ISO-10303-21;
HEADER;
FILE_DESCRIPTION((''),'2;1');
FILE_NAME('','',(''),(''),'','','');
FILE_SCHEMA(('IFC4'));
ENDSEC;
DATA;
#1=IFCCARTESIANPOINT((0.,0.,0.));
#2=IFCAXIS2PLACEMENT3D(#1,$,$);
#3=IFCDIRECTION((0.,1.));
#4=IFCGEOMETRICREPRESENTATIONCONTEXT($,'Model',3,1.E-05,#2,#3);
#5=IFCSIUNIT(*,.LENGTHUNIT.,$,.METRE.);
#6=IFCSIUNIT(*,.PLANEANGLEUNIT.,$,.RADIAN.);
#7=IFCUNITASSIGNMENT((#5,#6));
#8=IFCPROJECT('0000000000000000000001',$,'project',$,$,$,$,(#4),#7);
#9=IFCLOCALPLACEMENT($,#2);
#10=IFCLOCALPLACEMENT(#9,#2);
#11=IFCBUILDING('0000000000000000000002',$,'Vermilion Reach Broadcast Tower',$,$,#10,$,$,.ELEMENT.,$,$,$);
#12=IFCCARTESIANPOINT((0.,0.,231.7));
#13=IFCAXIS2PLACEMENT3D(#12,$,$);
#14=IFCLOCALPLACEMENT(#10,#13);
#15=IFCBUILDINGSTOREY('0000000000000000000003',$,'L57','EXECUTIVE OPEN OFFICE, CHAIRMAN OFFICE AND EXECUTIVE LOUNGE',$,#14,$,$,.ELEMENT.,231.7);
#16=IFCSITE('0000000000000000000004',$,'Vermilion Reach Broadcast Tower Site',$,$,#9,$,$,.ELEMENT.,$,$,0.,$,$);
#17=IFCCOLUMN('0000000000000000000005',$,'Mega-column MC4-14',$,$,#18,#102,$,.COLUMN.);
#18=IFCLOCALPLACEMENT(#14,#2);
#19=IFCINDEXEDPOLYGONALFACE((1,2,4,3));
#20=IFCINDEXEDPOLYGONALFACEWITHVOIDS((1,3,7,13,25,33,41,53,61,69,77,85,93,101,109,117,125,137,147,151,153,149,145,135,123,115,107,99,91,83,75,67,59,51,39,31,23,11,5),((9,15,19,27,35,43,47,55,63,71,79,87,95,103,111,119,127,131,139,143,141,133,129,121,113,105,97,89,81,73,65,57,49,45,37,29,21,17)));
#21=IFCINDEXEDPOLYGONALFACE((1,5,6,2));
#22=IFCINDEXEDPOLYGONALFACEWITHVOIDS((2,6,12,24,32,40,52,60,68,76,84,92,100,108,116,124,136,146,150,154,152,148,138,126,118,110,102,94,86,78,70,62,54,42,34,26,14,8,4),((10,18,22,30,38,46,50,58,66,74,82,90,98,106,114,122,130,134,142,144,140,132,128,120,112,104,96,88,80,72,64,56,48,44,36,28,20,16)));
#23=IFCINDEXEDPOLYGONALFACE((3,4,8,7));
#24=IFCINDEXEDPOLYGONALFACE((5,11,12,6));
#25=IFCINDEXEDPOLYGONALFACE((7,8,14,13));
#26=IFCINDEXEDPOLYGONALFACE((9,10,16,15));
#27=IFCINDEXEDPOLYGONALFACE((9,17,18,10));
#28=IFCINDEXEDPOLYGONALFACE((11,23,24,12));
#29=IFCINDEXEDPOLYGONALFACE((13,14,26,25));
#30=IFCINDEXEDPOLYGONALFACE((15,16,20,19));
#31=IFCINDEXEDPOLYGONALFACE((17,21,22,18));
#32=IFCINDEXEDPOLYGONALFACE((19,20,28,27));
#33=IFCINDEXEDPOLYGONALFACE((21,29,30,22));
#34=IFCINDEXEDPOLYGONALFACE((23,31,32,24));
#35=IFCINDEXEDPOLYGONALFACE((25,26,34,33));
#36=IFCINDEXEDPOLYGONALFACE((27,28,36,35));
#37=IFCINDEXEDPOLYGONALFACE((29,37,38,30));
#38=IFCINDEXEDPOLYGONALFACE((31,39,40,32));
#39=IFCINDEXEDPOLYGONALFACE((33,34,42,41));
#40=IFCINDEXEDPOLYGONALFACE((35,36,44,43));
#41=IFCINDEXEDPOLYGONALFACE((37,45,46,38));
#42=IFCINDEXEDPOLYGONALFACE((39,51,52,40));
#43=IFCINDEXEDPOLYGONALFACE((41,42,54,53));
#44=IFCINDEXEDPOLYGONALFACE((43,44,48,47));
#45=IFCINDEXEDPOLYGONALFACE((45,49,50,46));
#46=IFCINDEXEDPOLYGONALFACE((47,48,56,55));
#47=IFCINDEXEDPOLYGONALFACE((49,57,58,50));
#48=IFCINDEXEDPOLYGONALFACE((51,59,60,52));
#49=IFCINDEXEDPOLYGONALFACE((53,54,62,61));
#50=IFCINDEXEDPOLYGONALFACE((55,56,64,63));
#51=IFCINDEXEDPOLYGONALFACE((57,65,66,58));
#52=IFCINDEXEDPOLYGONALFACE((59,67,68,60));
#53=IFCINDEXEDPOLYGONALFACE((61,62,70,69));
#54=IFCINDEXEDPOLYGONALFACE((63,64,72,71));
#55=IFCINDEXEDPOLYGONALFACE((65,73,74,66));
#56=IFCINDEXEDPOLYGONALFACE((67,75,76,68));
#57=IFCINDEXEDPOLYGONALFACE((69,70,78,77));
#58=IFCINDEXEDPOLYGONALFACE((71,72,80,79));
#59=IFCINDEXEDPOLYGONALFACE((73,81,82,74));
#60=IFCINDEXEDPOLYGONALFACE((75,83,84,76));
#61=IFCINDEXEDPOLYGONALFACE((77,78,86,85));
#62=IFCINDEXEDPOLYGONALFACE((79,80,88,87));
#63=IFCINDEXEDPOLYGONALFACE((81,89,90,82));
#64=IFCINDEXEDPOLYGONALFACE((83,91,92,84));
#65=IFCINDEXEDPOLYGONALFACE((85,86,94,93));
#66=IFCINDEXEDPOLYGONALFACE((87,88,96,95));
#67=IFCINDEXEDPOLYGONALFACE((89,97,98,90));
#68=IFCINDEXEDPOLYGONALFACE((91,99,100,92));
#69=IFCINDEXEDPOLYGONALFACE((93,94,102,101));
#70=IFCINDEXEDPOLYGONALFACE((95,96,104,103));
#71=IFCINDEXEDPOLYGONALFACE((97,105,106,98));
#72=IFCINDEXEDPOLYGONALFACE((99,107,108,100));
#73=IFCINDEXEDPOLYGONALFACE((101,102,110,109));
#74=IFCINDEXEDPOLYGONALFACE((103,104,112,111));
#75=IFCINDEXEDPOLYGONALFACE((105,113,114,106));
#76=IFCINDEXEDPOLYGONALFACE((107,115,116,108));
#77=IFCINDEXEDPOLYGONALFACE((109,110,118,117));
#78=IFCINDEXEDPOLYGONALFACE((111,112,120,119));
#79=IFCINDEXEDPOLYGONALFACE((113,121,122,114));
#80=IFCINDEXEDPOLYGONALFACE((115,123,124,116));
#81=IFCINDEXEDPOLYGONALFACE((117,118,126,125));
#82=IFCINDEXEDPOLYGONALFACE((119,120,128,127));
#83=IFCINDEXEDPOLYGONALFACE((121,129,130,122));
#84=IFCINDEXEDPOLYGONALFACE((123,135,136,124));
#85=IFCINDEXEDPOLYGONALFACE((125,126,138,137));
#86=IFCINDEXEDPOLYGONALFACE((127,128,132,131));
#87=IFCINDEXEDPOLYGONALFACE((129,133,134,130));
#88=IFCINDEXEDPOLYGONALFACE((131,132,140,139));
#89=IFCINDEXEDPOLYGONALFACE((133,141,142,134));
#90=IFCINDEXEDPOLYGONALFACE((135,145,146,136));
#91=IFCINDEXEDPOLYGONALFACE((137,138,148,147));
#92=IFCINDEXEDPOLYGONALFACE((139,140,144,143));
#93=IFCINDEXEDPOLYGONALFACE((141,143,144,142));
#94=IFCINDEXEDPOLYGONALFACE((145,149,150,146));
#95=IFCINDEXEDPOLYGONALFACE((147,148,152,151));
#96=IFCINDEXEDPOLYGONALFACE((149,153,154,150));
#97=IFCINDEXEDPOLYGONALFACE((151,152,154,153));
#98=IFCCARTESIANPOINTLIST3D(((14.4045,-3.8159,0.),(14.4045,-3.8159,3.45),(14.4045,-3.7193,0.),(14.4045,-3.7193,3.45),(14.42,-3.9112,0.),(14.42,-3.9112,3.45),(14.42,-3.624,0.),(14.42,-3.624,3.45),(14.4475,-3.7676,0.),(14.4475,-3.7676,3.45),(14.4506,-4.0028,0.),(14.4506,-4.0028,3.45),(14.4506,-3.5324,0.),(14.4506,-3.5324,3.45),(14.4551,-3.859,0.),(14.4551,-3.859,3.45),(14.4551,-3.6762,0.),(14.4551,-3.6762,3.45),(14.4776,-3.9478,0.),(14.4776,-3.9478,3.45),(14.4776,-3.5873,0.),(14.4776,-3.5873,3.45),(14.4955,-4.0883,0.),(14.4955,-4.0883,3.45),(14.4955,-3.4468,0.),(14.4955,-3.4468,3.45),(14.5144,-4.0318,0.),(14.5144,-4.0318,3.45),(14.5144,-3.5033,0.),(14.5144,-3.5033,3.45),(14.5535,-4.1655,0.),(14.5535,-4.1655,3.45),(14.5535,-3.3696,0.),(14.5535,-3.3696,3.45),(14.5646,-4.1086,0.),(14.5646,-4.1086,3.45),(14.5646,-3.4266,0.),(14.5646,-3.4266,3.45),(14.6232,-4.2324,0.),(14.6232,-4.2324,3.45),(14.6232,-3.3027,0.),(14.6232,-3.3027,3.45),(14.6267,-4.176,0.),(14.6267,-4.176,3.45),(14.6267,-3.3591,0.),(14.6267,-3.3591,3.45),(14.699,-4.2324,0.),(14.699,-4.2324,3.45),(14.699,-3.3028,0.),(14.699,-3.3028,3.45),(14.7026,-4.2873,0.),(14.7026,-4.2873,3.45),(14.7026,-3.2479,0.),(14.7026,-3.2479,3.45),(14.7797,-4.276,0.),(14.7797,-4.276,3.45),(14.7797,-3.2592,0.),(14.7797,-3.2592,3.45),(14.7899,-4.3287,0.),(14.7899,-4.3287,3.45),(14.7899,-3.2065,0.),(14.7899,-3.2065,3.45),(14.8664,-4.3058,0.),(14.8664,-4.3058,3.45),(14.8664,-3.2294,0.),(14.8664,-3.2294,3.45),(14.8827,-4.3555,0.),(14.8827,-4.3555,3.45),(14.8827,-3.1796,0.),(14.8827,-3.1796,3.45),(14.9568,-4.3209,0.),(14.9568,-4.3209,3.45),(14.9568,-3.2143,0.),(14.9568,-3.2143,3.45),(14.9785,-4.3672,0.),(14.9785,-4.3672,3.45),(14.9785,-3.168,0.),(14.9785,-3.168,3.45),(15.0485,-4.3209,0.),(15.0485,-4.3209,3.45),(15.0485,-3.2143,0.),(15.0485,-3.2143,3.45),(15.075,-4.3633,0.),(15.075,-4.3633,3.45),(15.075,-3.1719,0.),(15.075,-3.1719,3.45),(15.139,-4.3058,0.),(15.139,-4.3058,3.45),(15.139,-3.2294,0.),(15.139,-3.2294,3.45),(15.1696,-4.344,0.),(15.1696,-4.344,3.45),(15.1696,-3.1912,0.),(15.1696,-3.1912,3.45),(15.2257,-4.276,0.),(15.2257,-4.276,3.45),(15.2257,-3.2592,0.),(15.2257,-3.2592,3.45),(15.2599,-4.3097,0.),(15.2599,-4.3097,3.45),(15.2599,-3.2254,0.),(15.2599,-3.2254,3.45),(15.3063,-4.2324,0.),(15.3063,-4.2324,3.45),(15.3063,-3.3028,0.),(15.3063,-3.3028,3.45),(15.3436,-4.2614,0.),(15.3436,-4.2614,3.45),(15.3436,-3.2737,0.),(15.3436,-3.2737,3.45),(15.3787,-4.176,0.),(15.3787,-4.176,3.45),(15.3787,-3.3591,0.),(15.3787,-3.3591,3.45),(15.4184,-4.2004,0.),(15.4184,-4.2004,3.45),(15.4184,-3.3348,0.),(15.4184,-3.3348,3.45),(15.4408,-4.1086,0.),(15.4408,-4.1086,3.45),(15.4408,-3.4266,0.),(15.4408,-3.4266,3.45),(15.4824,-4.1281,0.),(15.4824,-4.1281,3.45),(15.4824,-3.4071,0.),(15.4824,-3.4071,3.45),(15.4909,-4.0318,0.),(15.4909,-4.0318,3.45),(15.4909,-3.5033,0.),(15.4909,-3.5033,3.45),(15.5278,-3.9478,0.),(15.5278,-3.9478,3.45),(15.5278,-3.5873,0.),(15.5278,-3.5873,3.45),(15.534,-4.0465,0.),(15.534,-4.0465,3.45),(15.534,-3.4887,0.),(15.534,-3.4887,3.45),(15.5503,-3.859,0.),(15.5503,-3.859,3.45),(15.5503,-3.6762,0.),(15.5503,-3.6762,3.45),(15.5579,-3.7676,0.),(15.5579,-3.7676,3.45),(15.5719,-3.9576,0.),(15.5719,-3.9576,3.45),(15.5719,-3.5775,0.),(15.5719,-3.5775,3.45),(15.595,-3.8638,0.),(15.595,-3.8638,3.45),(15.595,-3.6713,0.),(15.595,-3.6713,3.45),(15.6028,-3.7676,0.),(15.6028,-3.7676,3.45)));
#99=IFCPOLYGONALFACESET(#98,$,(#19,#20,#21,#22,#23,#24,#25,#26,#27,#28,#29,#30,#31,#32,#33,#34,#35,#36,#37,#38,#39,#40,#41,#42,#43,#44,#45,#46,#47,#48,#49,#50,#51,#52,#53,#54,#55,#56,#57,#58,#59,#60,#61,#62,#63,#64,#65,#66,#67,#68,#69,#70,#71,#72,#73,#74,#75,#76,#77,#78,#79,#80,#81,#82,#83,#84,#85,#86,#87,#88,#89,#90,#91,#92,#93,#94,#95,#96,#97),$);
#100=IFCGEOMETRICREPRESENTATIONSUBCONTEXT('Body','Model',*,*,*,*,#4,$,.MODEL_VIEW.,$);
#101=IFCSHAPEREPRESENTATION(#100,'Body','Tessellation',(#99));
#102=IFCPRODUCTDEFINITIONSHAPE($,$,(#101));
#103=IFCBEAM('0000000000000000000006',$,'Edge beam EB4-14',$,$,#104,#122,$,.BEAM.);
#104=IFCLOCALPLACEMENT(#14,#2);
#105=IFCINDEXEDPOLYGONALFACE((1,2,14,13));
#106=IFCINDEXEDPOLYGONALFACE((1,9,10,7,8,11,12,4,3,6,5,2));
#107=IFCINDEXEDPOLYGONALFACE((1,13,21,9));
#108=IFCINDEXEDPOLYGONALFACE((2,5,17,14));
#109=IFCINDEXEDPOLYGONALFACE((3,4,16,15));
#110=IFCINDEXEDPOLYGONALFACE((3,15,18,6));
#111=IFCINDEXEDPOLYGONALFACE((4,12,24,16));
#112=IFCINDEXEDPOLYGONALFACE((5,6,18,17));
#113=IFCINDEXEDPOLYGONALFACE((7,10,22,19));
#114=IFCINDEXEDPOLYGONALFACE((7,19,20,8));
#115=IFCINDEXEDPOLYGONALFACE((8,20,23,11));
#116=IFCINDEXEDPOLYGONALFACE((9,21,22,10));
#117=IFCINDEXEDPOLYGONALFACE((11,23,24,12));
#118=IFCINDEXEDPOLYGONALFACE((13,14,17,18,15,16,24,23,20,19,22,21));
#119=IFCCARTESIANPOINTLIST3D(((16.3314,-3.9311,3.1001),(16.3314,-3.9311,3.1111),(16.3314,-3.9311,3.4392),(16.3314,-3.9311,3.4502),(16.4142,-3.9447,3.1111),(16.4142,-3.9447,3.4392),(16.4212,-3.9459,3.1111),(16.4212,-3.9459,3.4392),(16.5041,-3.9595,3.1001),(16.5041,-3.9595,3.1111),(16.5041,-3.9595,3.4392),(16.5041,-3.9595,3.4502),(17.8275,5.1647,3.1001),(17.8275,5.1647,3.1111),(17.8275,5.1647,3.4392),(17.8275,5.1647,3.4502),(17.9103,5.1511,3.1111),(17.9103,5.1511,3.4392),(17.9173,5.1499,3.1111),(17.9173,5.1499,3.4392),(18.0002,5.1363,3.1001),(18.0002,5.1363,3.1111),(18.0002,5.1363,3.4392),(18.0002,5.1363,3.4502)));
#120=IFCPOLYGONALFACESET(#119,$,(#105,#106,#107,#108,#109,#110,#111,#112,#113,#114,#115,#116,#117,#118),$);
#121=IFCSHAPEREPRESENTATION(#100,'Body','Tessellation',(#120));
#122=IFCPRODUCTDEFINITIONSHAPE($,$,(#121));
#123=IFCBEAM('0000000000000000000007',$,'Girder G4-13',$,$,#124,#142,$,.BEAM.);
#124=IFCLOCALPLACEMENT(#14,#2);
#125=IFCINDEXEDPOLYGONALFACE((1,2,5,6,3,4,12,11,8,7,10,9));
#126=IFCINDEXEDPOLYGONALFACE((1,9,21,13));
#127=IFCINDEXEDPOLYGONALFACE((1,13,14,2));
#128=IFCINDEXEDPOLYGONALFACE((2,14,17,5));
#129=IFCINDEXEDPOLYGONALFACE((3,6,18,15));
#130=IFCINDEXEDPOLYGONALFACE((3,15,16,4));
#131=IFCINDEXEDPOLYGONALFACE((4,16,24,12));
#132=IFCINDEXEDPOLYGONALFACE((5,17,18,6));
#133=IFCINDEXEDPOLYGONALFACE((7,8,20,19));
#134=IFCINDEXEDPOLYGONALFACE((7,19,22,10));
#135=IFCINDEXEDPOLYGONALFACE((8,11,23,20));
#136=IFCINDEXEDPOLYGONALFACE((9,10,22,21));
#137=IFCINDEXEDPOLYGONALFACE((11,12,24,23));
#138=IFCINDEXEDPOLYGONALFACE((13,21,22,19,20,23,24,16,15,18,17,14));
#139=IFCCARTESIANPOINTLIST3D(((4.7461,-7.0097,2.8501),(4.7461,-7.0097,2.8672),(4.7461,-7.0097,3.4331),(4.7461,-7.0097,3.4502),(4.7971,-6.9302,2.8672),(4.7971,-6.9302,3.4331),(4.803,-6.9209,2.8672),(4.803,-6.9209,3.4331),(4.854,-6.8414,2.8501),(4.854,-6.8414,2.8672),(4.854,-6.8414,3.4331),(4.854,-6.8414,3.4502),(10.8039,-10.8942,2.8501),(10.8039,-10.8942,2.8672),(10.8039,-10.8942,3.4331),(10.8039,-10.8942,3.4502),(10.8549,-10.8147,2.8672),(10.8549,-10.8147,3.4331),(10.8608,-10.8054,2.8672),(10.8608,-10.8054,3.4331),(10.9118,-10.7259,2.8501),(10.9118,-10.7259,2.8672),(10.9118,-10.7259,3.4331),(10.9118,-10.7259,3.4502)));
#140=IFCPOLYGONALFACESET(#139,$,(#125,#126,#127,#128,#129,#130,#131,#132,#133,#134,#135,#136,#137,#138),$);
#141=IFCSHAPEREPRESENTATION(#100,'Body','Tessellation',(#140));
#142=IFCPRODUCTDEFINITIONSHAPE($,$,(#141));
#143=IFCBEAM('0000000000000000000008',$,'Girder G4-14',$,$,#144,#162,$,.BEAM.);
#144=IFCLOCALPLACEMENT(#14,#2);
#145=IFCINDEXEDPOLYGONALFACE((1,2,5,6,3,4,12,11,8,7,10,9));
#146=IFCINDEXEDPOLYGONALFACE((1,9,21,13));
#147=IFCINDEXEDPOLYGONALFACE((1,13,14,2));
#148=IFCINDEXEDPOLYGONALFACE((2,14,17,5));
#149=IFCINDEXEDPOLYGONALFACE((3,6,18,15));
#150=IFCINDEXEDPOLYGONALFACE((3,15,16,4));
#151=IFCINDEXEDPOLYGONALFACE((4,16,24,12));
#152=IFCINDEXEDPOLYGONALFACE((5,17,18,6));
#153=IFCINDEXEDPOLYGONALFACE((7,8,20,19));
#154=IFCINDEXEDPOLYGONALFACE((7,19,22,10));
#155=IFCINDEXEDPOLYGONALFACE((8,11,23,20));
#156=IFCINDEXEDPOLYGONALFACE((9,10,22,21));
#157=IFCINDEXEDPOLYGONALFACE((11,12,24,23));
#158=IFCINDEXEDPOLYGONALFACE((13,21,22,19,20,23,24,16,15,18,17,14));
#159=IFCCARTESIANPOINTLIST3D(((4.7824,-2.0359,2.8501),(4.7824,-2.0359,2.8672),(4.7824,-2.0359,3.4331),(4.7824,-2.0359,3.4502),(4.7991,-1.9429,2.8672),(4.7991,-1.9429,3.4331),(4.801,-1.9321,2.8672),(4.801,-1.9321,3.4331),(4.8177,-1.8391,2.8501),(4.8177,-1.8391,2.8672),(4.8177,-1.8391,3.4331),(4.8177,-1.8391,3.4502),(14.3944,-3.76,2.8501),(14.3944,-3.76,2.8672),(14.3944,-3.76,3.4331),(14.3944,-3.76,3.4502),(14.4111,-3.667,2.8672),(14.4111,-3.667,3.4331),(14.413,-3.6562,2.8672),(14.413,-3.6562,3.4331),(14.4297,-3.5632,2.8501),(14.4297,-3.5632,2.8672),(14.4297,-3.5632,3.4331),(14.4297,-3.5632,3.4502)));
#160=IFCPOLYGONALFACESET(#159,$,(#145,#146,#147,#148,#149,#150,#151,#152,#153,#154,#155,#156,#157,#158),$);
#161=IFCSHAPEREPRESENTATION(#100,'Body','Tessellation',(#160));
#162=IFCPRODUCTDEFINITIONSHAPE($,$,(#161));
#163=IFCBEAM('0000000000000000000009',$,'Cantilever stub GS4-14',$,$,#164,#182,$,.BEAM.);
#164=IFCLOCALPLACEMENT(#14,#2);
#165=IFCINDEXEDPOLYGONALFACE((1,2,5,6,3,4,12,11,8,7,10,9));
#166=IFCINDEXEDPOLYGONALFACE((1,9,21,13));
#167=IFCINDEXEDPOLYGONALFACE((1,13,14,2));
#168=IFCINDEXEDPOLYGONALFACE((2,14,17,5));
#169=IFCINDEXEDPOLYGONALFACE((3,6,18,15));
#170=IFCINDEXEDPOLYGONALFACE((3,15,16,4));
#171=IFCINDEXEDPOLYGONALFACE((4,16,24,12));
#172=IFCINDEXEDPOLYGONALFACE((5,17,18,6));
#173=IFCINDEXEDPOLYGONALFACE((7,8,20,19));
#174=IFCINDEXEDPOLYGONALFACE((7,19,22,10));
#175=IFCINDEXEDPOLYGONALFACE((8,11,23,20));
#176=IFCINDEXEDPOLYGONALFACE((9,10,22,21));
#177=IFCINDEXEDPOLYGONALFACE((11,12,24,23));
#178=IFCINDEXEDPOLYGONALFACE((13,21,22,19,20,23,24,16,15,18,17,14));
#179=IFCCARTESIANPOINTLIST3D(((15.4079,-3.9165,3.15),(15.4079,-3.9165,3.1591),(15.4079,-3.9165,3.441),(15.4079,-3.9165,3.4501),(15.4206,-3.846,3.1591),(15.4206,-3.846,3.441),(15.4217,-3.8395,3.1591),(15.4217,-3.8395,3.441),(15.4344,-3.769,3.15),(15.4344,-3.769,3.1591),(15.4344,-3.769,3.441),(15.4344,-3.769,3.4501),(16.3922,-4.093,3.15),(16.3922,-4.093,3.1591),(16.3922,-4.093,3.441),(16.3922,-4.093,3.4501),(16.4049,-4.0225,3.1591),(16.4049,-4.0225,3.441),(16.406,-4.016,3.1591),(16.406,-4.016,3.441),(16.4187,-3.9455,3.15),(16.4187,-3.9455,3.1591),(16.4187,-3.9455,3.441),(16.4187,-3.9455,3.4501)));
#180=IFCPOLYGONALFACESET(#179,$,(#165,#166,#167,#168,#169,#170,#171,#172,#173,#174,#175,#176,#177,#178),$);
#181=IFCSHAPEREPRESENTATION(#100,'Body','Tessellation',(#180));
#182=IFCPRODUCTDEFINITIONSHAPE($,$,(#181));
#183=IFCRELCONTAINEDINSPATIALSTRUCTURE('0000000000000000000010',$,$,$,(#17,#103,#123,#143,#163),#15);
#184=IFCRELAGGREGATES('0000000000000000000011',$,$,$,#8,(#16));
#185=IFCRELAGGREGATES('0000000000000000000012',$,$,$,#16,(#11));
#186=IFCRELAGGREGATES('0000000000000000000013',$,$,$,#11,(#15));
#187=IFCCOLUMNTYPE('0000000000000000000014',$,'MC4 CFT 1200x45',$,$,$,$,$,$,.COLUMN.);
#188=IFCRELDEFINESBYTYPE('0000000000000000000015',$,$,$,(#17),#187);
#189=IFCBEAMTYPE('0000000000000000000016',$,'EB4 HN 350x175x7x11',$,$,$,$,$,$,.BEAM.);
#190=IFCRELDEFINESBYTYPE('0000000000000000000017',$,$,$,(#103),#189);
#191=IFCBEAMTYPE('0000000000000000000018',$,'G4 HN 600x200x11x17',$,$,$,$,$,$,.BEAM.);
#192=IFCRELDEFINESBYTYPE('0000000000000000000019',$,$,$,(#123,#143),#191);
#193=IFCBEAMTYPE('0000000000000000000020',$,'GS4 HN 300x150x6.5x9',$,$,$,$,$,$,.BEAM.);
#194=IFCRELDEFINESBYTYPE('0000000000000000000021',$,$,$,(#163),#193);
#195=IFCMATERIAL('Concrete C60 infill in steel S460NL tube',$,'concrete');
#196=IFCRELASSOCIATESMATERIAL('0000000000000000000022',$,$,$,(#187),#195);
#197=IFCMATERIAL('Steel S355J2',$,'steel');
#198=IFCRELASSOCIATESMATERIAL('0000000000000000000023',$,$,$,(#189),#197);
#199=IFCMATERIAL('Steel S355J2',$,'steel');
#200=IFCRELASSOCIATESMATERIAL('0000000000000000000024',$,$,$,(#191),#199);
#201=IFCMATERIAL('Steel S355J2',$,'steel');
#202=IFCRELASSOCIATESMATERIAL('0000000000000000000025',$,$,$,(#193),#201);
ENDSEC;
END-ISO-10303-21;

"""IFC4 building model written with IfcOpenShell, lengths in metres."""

from ifc_helpers import new_model, si_unit, direction, frame, origin, origin_2d, place, context, subcontext, project, spatial, hollow_circle, i_section, extrude, material, material_profile, profile_set, type_object, element, save


model = new_model("IFC4")

# Units and contexts
model_context = context("Model", 3, precision=1e-05, world=origin(), true_north=direction((0.0, 1.0)))
body_context = subcontext(model_context, "Body", "Model", "MODEL_VIEW")
ifc_project = project(units=[si_unit("LENGTHUNIT", "METRE"), si_unit("PLANEANGLEUNIT", "RADIAN")], contexts=[model_context])

# Site, building, storey
site_placement = place(None, origin())
site = spatial("IfcSite", under=ifc_project, at=site_placement, Name="Vermilion Reach Broadcast Tower Site", CompositionType="ELEMENT", RefElevation=0.0)
building_placement = place(site_placement, origin())
building = spatial("IfcBuilding", under=site, at=building_placement, Name="Vermilion Reach Broadcast Tower", CompositionType="ELEMENT")
storey_placement = place(building_placement, frame((0.0, 0.0, 231.7)))
storey = spatial("IfcBuildingStorey", under=building, at=storey_placement, Name="L57", Description="EXECUTIVE OPEN OFFICE, CHAIRMAN OFFICE AND EXECUTIVE LOUNGE", CompositionType="ELEMENT", Elevation=231.7)

# Column
ifc_material_1 = material(Name="Concrete C60 infill in steel S460NL tube", Category="concrete")
ifc_material_profile_1 = material_profile(ifc_material_1, hollow_circle(Radius=0.6001, WallThickness=0.0449, at=origin_2d()), Name="Concrete C60 infill in steel S460NL tube CFT 1200x45")
ifc_profile_set_1 = profile_set([ifc_material_profile_1], Name="Concrete C60 infill in steel S460NL tube")
column_type = type_object("IfcColumnType", Name="MC4 CFT 1200x45", PredefinedType="COLUMN", material=ifc_profile_set_1)
column_placement = place(storey_placement, frame((15.0027, -3.7676, 0.0), z_axis=(0.0, 0.0, 1.0), x_axis=(1.0, 0.0, 0.0)))
element("IfcColumn", 1, at=column_placement, inside=storey, type_object=column_type, Name="Mega-column MC4-14", PredefinedType="COLUMN", context=body_context, shape_type="SweptSolid", body=[
    extrude(hollow_circle(Radius=0.6001, WallThickness=0.0449, at=origin_2d()), origin(), (0.0, 0.0, 1.0), 3.45),
])

# Beams
ifc_material_2 = material(Name="Steel S355J2", Category="steel")
ifc_material_profile_2 = material_profile(ifc_material_2, i_section(OverallWidth=0.175, OverallDepth=0.3501, WebThickness=0.0071, FlangeThickness=0.011, at=origin_2d()), Name="S355J2 HN 350x175x7x11")
ifc_profile_set_2 = profile_set([ifc_material_profile_2], Name="Steel S355J2")
beam_type_1 = type_object("IfcBeamType", Name="EB4 HN 350x175x7x11", PredefinedType="BEAM", material=ifc_profile_set_2)
beam_1_placement = place(storey_placement, frame((16.4177, -3.9453, 3.2751), z_axis=(0.162303, 0.986741, 0.0), x_axis=(-0.986741, 0.162303, 0.0)))
element("IfcBeam", 2, at=beam_1_placement, inside=storey, type_object=beam_type_1, Name="Edge beam EB4-14", PredefinedType="BEAM", context=body_context, shape_type="SweptSolid", body=[
    extrude(i_section(OverallWidth=0.175, OverallDepth=0.3501, WebThickness=0.0071, FlangeThickness=0.011, at=origin_2d()), origin(), (0.0, 0.0, 1.0), 9.218),
])
ifc_material_3 = material(Name="Steel S355J2", Category="steel")
ifc_material_profile_3 = material_profile(ifc_material_3, i_section(OverallWidth=0.2, OverallDepth=0.6001, WebThickness=0.011, FlangeThickness=0.0171, at=origin_2d()), Name="S355J2 HN 600x200x11x17")
ifc_profile_set_3 = profile_set([ifc_material_profile_3], Name="Steel S355J2")
beam_type_2 = type_object("IfcBeamType", Name="G4 HN 600x200x11x17", PredefinedType="BEAM", material=ifc_profile_set_3)
beam_2_placement = place(storey_placement, frame((4.8, -6.9255, 3.1501), z_axis=(0.841799, -0.539792, 0.0), x_axis=(0.539792, 0.841799, 0.0)))
element("IfcBeam", 3, at=beam_2_placement, inside=storey, type_object=beam_type_2, Name="Girder G4-13", PredefinedType="BEAM", context=body_context, shape_type="SweptSolid", body=[
    extrude(i_section(OverallWidth=0.2, OverallDepth=0.6001, WebThickness=0.011, FlangeThickness=0.0171, at=origin_2d()), origin(), (0.0, 0.0, 1.0), 7.1963),
])
beam_3_placement = place(storey_placement, frame((4.8, -1.9375, 3.1501), z_axis=(0.984291, -0.176553, 0.0), x_axis=(0.176553, 0.984291, 0.0)))
element("IfcBeam", 4, at=beam_3_placement, inside=storey, type_object=beam_type_2, Name="Girder G4-14", PredefinedType="BEAM", context=body_context, shape_type="SweptSolid", body=[
    extrude(i_section(OverallWidth=0.2, OverallDepth=0.6001, WebThickness=0.011, FlangeThickness=0.0171, at=origin_2d()), origin(), (0.0, 0.0, 1.0), 9.7654),
])
ifc_material_4 = material(Name="Steel S355J2", Category="steel")
ifc_material_profile_4 = material_profile(ifc_material_4, i_section(OverallWidth=0.1499, OverallDepth=0.3, WebThickness=0.0066, FlangeThickness=0.009, at=origin_2d()), Name="S355J2 HN 300x150x6.5x9")
ifc_profile_set_4 = profile_set([ifc_material_profile_4], Name="Steel S355J2")
beam_type_3 = type_object("IfcBeamType", Name="GS4 HN 300x150x6.5x9", PredefinedType="BEAM", material=ifc_profile_set_4)
beam_4_placement = place(storey_placement, frame((15.4211, -3.8428, 3.3), z_axis=(0.984301, -0.1765, 0.0), x_axis=(0.1765, 0.984301, 0.0)))
element("IfcBeam", 5, at=beam_4_placement, inside=storey, type_object=beam_type_3, Name="Cantilever stub GS4-14", PredefinedType="BEAM", context=body_context, shape_type="SweptSolid", body=[
    extrude(i_section(OverallWidth=0.1499, OverallDepth=0.3, WebThickness=0.0066, FlangeThickness=0.009, at=origin_2d()), origin(), (0.0, 0.0, 1.0), 1.0),
])

save(model, "model.ifc")
